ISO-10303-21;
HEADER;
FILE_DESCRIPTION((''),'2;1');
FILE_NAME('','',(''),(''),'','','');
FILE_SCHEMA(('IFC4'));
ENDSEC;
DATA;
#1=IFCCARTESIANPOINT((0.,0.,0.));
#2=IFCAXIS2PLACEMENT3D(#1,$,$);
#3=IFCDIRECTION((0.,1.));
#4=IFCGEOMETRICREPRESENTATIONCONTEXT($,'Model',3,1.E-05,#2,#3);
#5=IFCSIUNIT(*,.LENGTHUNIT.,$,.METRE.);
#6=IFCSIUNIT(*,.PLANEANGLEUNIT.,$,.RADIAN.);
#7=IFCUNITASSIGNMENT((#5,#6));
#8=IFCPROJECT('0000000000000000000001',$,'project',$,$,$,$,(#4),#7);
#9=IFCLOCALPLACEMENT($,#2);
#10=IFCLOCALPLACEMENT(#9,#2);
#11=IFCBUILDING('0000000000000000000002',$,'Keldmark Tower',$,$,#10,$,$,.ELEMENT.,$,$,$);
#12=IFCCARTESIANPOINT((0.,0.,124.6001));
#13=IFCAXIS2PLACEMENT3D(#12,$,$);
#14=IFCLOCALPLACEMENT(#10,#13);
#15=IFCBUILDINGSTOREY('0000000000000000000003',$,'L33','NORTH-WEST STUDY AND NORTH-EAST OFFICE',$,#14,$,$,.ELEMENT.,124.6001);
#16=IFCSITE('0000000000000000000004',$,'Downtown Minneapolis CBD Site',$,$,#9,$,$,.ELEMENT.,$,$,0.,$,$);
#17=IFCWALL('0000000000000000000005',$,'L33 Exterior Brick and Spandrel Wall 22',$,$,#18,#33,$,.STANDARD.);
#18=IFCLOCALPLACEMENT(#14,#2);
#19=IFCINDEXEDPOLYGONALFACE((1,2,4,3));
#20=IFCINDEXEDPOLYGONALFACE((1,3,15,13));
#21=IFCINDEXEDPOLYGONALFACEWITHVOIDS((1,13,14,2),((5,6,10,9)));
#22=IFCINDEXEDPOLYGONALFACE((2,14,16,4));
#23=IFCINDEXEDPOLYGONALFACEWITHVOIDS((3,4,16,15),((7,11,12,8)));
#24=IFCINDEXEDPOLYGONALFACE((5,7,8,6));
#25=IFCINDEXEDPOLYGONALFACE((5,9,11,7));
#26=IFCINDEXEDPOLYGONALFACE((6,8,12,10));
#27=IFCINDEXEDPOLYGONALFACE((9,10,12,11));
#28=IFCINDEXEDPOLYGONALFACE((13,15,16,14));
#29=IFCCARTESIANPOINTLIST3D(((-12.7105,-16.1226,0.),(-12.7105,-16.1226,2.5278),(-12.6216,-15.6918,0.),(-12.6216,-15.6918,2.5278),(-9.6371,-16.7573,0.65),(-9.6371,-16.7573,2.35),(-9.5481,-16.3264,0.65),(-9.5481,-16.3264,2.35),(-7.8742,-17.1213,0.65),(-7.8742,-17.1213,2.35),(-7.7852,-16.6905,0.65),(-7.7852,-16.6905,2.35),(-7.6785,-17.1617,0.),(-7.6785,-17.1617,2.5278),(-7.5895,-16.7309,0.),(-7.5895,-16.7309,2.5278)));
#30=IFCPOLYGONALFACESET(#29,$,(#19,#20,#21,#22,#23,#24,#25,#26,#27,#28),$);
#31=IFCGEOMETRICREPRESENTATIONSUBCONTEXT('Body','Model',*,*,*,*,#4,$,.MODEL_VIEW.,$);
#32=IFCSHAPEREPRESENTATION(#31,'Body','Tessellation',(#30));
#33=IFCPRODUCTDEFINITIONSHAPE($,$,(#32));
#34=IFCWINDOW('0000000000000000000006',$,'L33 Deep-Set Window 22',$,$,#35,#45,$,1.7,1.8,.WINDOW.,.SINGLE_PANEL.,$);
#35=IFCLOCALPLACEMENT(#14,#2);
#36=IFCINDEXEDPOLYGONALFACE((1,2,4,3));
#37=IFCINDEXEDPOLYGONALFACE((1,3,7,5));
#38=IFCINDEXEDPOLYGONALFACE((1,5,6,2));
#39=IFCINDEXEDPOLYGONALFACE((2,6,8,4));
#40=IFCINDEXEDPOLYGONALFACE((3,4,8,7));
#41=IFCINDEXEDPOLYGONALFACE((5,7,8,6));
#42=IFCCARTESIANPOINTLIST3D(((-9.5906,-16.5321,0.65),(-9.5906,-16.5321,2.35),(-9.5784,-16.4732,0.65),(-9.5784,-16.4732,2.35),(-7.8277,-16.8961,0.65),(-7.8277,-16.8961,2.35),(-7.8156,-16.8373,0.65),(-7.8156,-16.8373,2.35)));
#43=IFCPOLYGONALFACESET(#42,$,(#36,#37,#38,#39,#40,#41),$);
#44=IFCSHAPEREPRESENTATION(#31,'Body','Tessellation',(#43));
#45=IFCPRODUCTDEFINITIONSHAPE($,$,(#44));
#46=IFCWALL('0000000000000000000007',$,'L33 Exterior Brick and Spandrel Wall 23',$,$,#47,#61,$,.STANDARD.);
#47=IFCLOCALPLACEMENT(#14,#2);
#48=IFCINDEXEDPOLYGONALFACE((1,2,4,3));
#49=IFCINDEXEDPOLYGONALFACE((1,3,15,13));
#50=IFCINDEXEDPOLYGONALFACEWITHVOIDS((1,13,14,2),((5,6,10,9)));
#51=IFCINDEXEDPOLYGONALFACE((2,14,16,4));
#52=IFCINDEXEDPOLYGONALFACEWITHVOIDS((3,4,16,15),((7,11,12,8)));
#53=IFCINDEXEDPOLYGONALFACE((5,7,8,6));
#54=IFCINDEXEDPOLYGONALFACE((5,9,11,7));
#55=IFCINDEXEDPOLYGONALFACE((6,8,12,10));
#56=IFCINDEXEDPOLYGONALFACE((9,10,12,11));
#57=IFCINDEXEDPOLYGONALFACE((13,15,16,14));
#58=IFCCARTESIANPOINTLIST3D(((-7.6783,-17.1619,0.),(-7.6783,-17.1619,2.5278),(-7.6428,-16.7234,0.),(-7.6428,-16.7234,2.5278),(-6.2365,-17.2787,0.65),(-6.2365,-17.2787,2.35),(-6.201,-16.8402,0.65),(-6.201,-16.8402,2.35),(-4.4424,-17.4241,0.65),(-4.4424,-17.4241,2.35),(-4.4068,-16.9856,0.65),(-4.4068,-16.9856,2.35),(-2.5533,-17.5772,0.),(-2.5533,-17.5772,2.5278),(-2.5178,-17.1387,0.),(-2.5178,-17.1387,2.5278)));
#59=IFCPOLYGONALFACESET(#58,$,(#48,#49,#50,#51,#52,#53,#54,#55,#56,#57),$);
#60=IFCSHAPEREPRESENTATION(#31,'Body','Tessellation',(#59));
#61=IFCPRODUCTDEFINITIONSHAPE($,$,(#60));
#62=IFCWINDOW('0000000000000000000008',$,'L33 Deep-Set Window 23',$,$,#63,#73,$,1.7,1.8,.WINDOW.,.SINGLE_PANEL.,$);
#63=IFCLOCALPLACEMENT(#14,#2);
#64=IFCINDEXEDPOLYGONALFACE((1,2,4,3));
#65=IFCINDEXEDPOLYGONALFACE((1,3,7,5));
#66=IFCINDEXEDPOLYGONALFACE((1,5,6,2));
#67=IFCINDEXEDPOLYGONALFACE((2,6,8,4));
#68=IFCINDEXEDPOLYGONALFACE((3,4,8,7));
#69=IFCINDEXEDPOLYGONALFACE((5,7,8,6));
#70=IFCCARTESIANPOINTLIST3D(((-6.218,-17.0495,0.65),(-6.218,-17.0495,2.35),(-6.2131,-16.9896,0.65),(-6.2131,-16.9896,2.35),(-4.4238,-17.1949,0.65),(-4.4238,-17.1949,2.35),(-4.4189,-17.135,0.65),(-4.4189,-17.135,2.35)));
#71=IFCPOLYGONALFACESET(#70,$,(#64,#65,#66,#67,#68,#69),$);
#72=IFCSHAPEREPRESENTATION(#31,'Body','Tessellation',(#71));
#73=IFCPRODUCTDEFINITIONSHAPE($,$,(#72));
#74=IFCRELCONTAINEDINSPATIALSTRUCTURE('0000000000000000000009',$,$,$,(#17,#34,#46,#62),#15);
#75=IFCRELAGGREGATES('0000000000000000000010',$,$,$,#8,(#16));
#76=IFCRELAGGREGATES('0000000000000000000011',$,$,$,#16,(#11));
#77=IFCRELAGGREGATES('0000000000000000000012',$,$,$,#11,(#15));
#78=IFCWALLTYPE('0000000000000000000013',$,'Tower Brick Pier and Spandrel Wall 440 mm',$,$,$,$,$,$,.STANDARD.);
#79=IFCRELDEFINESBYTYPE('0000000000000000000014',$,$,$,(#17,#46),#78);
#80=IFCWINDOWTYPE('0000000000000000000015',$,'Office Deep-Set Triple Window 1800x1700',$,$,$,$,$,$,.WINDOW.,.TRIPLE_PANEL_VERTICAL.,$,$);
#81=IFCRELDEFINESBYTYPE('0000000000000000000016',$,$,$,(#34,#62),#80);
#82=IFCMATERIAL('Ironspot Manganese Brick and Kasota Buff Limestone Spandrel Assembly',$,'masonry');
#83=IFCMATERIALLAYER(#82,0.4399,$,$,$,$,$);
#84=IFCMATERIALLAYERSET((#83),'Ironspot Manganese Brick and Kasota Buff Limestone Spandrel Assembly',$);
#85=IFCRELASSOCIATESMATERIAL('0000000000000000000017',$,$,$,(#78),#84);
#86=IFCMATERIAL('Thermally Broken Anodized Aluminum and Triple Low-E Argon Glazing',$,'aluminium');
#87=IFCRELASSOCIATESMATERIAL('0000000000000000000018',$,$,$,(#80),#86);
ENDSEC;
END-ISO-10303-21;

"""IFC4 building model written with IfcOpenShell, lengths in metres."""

from ifc_helpers import new_model, si_unit, direction, frame, frame_2d, origin, place, context, subcontext, project, spatial, rectangle, extrude, material, layer, layer_set, type_object, element, fill, save


model = new_model("IFC4")

# Units and contexts
model_context = context("Model", 3, precision=1e-05, world=origin(), true_north=direction((0.0, 1.0)))
body_context = subcontext(model_context, "Body", "Model", "MODEL_VIEW")
ifc_project = project(units=[si_unit("LENGTHUNIT", "METRE"), si_unit("PLANEANGLEUNIT", "RADIAN")], contexts=[model_context])

# Site, building, storey
site_placement = place(None, origin())
site = spatial("IfcSite", under=ifc_project, at=site_placement, Name="Downtown Minneapolis CBD Site", CompositionType="ELEMENT", RefElevation=0.0)
building_placement = place(site_placement, origin())
building = spatial("IfcBuilding", under=site, at=building_placement, Name="Keldmark Tower", CompositionType="ELEMENT")
storey_placement = place(building_placement, frame((0.0, 0.0, 124.6001)))
storey = spatial("IfcBuildingStorey", under=building, at=storey_placement, Name="L33", Description="NORTH-WEST STUDY AND NORTH-EAST OFFICE", CompositionType="ELEMENT", Elevation=124.6001)

# Walls, openings, windows
ifc_material_1 = material(Name="Ironspot Manganese Brick and Kasota Buff Limestone Spandrel Assembly", Category="masonry")
ifc_layer_1 = layer(ifc_material_1, 0.4399)
ifc_layer_set_1 = layer_set([ifc_layer_1], Name="Ironspot Manganese Brick and Kasota Buff Limestone Spandrel Assembly")
wall_type_1 = type_object("IfcWallType", Name="Tower Brick Pier and Spandrel Wall 440 mm", PredefinedType="STANDARD", material=ifc_layer_set_1)
ifc_material_2 = material(Name="Thermally Broken Anodized Aluminum and Triple Low-E Argon Glazing", Category="aluminium")
window_type = type_object("IfcWindowType", Name="Office Deep-Set Triple Window 1800x1700", PartitioningType="TRIPLE_PANEL_VERTICAL", PredefinedType="WINDOW", material=ifc_material_2)
wall_1_placement = place(storey_placement, frame((-7.634, -16.9463, 0.0), z_axis=(0.0, 0.0, 1.0), x_axis=(-0.979339, 0.202225, 0.0)))
wall_1 = element("IfcWall", 1, at=wall_1_placement, inside=storey, type_object=wall_type_1, Name="L33 Exterior Brick and Spandrel Wall 22", PredefinedType="STANDARD", context=body_context, shape_type="SweptSolid", body=[
    extrude(rectangle(XDim=5.1382, YDim=0.4399, at=frame_2d((2.5691, 0.0))), origin(), (0.0, 0.0, 1.0), 2.5278),
])
opening_1_placement = place(wall_1_placement, frame((0.2, 0.0, 0.6499)))
opening_1 = element("IfcOpeningElement", 2, at=opening_1_placement, cuts=wall_1, PredefinedType="OPENING", context=body_context, shape_type="SweptSolid", body=[
    extrude(rectangle(XDim=1.8, YDim=1.7, at=frame_2d((0.8999, 0.8501))), frame((0.0, 0.23, 0.0), z_axis=(0.0, -1.0, 0.0), x_axis=(1.0, 0.0, 0.0)), (0.0, 0.0, 1.0), 0.46),
])
window_1_placement = place(opening_1_placement, origin())
window_1 = element("IfcWindow", 3, at=window_1_placement, inside=storey, type_object=window_type, Name="L33 Deep-Set Window 22", OverallHeight=1.7, OverallWidth=1.8, PartitioningType="SINGLE_PANEL", PredefinedType="WINDOW", context=body_context, shape_type="SweptSolid", body=[
    extrude(rectangle(XDim=1.8, YDim=1.7, at=frame_2d((0.8999, 0.8501))), frame((0.0, -0.01, 0.0), z_axis=(0.0, -1.0, 0.0), x_axis=(1.0, 0.0, 0.0)), (0.0, 0.0, 1.0), 0.0601),
])
fill(opening_1, window_1)
wall_2_placement = place(storey_placement, frame((-2.5356, -17.3579, 0.0), z_axis=(0.0, 0.0, 1.0), x_axis=(-0.996733, 0.080766, 0.0)))
wall_2 = element("IfcWall", 4, at=wall_2_placement, inside=storey, type_object=wall_type_1, Name="L33 Exterior Brick and Spandrel Wall 23", PredefinedType="STANDARD", context=body_context, shape_type="SweptSolid", body=[
    extrude(rectangle(XDim=5.1418, YDim=0.4399, at=frame_2d((2.5708, 0.0))), origin(), (0.0, 0.0, 1.0), 2.5278),
])
opening_2_placement = place(wall_2_placement, frame((1.8953, 0.0, 0.6499)))
opening_2 = element("IfcOpeningElement", 5, at=opening_2_placement, cuts=wall_2, PredefinedType="OPENING", context=body_context, shape_type="SweptSolid", body=[
    extrude(rectangle(XDim=1.8, YDim=1.7, at=frame_2d((0.8999, 0.8501))), frame((0.0, 0.23, 0.0), z_axis=(0.0, -1.0, 0.0), x_axis=(1.0, 0.0, 0.0)), (0.0, 0.0, 1.0), 0.46),
])
window_2_placement = place(opening_2_placement, origin())
window_2 = element("IfcWindow", 6, at=window_2_placement, inside=storey, type_object=window_type, Name="L33 Deep-Set Window 23", OverallHeight=1.7, OverallWidth=1.8, PartitioningType="SINGLE_PANEL", PredefinedType="WINDOW", context=body_context, shape_type="SweptSolid", body=[
    extrude(rectangle(XDim=1.8, YDim=1.7, at=frame_2d((0.8999, 0.8501))), frame((0.0, -0.01, 0.0), z_axis=(0.0, -1.0, 0.0), x_axis=(1.0, 0.0, 0.0)), (0.0, 0.0, 1.0), 0.0601),
])
fill(opening_2, window_2)

save(model, "model.ifc")
